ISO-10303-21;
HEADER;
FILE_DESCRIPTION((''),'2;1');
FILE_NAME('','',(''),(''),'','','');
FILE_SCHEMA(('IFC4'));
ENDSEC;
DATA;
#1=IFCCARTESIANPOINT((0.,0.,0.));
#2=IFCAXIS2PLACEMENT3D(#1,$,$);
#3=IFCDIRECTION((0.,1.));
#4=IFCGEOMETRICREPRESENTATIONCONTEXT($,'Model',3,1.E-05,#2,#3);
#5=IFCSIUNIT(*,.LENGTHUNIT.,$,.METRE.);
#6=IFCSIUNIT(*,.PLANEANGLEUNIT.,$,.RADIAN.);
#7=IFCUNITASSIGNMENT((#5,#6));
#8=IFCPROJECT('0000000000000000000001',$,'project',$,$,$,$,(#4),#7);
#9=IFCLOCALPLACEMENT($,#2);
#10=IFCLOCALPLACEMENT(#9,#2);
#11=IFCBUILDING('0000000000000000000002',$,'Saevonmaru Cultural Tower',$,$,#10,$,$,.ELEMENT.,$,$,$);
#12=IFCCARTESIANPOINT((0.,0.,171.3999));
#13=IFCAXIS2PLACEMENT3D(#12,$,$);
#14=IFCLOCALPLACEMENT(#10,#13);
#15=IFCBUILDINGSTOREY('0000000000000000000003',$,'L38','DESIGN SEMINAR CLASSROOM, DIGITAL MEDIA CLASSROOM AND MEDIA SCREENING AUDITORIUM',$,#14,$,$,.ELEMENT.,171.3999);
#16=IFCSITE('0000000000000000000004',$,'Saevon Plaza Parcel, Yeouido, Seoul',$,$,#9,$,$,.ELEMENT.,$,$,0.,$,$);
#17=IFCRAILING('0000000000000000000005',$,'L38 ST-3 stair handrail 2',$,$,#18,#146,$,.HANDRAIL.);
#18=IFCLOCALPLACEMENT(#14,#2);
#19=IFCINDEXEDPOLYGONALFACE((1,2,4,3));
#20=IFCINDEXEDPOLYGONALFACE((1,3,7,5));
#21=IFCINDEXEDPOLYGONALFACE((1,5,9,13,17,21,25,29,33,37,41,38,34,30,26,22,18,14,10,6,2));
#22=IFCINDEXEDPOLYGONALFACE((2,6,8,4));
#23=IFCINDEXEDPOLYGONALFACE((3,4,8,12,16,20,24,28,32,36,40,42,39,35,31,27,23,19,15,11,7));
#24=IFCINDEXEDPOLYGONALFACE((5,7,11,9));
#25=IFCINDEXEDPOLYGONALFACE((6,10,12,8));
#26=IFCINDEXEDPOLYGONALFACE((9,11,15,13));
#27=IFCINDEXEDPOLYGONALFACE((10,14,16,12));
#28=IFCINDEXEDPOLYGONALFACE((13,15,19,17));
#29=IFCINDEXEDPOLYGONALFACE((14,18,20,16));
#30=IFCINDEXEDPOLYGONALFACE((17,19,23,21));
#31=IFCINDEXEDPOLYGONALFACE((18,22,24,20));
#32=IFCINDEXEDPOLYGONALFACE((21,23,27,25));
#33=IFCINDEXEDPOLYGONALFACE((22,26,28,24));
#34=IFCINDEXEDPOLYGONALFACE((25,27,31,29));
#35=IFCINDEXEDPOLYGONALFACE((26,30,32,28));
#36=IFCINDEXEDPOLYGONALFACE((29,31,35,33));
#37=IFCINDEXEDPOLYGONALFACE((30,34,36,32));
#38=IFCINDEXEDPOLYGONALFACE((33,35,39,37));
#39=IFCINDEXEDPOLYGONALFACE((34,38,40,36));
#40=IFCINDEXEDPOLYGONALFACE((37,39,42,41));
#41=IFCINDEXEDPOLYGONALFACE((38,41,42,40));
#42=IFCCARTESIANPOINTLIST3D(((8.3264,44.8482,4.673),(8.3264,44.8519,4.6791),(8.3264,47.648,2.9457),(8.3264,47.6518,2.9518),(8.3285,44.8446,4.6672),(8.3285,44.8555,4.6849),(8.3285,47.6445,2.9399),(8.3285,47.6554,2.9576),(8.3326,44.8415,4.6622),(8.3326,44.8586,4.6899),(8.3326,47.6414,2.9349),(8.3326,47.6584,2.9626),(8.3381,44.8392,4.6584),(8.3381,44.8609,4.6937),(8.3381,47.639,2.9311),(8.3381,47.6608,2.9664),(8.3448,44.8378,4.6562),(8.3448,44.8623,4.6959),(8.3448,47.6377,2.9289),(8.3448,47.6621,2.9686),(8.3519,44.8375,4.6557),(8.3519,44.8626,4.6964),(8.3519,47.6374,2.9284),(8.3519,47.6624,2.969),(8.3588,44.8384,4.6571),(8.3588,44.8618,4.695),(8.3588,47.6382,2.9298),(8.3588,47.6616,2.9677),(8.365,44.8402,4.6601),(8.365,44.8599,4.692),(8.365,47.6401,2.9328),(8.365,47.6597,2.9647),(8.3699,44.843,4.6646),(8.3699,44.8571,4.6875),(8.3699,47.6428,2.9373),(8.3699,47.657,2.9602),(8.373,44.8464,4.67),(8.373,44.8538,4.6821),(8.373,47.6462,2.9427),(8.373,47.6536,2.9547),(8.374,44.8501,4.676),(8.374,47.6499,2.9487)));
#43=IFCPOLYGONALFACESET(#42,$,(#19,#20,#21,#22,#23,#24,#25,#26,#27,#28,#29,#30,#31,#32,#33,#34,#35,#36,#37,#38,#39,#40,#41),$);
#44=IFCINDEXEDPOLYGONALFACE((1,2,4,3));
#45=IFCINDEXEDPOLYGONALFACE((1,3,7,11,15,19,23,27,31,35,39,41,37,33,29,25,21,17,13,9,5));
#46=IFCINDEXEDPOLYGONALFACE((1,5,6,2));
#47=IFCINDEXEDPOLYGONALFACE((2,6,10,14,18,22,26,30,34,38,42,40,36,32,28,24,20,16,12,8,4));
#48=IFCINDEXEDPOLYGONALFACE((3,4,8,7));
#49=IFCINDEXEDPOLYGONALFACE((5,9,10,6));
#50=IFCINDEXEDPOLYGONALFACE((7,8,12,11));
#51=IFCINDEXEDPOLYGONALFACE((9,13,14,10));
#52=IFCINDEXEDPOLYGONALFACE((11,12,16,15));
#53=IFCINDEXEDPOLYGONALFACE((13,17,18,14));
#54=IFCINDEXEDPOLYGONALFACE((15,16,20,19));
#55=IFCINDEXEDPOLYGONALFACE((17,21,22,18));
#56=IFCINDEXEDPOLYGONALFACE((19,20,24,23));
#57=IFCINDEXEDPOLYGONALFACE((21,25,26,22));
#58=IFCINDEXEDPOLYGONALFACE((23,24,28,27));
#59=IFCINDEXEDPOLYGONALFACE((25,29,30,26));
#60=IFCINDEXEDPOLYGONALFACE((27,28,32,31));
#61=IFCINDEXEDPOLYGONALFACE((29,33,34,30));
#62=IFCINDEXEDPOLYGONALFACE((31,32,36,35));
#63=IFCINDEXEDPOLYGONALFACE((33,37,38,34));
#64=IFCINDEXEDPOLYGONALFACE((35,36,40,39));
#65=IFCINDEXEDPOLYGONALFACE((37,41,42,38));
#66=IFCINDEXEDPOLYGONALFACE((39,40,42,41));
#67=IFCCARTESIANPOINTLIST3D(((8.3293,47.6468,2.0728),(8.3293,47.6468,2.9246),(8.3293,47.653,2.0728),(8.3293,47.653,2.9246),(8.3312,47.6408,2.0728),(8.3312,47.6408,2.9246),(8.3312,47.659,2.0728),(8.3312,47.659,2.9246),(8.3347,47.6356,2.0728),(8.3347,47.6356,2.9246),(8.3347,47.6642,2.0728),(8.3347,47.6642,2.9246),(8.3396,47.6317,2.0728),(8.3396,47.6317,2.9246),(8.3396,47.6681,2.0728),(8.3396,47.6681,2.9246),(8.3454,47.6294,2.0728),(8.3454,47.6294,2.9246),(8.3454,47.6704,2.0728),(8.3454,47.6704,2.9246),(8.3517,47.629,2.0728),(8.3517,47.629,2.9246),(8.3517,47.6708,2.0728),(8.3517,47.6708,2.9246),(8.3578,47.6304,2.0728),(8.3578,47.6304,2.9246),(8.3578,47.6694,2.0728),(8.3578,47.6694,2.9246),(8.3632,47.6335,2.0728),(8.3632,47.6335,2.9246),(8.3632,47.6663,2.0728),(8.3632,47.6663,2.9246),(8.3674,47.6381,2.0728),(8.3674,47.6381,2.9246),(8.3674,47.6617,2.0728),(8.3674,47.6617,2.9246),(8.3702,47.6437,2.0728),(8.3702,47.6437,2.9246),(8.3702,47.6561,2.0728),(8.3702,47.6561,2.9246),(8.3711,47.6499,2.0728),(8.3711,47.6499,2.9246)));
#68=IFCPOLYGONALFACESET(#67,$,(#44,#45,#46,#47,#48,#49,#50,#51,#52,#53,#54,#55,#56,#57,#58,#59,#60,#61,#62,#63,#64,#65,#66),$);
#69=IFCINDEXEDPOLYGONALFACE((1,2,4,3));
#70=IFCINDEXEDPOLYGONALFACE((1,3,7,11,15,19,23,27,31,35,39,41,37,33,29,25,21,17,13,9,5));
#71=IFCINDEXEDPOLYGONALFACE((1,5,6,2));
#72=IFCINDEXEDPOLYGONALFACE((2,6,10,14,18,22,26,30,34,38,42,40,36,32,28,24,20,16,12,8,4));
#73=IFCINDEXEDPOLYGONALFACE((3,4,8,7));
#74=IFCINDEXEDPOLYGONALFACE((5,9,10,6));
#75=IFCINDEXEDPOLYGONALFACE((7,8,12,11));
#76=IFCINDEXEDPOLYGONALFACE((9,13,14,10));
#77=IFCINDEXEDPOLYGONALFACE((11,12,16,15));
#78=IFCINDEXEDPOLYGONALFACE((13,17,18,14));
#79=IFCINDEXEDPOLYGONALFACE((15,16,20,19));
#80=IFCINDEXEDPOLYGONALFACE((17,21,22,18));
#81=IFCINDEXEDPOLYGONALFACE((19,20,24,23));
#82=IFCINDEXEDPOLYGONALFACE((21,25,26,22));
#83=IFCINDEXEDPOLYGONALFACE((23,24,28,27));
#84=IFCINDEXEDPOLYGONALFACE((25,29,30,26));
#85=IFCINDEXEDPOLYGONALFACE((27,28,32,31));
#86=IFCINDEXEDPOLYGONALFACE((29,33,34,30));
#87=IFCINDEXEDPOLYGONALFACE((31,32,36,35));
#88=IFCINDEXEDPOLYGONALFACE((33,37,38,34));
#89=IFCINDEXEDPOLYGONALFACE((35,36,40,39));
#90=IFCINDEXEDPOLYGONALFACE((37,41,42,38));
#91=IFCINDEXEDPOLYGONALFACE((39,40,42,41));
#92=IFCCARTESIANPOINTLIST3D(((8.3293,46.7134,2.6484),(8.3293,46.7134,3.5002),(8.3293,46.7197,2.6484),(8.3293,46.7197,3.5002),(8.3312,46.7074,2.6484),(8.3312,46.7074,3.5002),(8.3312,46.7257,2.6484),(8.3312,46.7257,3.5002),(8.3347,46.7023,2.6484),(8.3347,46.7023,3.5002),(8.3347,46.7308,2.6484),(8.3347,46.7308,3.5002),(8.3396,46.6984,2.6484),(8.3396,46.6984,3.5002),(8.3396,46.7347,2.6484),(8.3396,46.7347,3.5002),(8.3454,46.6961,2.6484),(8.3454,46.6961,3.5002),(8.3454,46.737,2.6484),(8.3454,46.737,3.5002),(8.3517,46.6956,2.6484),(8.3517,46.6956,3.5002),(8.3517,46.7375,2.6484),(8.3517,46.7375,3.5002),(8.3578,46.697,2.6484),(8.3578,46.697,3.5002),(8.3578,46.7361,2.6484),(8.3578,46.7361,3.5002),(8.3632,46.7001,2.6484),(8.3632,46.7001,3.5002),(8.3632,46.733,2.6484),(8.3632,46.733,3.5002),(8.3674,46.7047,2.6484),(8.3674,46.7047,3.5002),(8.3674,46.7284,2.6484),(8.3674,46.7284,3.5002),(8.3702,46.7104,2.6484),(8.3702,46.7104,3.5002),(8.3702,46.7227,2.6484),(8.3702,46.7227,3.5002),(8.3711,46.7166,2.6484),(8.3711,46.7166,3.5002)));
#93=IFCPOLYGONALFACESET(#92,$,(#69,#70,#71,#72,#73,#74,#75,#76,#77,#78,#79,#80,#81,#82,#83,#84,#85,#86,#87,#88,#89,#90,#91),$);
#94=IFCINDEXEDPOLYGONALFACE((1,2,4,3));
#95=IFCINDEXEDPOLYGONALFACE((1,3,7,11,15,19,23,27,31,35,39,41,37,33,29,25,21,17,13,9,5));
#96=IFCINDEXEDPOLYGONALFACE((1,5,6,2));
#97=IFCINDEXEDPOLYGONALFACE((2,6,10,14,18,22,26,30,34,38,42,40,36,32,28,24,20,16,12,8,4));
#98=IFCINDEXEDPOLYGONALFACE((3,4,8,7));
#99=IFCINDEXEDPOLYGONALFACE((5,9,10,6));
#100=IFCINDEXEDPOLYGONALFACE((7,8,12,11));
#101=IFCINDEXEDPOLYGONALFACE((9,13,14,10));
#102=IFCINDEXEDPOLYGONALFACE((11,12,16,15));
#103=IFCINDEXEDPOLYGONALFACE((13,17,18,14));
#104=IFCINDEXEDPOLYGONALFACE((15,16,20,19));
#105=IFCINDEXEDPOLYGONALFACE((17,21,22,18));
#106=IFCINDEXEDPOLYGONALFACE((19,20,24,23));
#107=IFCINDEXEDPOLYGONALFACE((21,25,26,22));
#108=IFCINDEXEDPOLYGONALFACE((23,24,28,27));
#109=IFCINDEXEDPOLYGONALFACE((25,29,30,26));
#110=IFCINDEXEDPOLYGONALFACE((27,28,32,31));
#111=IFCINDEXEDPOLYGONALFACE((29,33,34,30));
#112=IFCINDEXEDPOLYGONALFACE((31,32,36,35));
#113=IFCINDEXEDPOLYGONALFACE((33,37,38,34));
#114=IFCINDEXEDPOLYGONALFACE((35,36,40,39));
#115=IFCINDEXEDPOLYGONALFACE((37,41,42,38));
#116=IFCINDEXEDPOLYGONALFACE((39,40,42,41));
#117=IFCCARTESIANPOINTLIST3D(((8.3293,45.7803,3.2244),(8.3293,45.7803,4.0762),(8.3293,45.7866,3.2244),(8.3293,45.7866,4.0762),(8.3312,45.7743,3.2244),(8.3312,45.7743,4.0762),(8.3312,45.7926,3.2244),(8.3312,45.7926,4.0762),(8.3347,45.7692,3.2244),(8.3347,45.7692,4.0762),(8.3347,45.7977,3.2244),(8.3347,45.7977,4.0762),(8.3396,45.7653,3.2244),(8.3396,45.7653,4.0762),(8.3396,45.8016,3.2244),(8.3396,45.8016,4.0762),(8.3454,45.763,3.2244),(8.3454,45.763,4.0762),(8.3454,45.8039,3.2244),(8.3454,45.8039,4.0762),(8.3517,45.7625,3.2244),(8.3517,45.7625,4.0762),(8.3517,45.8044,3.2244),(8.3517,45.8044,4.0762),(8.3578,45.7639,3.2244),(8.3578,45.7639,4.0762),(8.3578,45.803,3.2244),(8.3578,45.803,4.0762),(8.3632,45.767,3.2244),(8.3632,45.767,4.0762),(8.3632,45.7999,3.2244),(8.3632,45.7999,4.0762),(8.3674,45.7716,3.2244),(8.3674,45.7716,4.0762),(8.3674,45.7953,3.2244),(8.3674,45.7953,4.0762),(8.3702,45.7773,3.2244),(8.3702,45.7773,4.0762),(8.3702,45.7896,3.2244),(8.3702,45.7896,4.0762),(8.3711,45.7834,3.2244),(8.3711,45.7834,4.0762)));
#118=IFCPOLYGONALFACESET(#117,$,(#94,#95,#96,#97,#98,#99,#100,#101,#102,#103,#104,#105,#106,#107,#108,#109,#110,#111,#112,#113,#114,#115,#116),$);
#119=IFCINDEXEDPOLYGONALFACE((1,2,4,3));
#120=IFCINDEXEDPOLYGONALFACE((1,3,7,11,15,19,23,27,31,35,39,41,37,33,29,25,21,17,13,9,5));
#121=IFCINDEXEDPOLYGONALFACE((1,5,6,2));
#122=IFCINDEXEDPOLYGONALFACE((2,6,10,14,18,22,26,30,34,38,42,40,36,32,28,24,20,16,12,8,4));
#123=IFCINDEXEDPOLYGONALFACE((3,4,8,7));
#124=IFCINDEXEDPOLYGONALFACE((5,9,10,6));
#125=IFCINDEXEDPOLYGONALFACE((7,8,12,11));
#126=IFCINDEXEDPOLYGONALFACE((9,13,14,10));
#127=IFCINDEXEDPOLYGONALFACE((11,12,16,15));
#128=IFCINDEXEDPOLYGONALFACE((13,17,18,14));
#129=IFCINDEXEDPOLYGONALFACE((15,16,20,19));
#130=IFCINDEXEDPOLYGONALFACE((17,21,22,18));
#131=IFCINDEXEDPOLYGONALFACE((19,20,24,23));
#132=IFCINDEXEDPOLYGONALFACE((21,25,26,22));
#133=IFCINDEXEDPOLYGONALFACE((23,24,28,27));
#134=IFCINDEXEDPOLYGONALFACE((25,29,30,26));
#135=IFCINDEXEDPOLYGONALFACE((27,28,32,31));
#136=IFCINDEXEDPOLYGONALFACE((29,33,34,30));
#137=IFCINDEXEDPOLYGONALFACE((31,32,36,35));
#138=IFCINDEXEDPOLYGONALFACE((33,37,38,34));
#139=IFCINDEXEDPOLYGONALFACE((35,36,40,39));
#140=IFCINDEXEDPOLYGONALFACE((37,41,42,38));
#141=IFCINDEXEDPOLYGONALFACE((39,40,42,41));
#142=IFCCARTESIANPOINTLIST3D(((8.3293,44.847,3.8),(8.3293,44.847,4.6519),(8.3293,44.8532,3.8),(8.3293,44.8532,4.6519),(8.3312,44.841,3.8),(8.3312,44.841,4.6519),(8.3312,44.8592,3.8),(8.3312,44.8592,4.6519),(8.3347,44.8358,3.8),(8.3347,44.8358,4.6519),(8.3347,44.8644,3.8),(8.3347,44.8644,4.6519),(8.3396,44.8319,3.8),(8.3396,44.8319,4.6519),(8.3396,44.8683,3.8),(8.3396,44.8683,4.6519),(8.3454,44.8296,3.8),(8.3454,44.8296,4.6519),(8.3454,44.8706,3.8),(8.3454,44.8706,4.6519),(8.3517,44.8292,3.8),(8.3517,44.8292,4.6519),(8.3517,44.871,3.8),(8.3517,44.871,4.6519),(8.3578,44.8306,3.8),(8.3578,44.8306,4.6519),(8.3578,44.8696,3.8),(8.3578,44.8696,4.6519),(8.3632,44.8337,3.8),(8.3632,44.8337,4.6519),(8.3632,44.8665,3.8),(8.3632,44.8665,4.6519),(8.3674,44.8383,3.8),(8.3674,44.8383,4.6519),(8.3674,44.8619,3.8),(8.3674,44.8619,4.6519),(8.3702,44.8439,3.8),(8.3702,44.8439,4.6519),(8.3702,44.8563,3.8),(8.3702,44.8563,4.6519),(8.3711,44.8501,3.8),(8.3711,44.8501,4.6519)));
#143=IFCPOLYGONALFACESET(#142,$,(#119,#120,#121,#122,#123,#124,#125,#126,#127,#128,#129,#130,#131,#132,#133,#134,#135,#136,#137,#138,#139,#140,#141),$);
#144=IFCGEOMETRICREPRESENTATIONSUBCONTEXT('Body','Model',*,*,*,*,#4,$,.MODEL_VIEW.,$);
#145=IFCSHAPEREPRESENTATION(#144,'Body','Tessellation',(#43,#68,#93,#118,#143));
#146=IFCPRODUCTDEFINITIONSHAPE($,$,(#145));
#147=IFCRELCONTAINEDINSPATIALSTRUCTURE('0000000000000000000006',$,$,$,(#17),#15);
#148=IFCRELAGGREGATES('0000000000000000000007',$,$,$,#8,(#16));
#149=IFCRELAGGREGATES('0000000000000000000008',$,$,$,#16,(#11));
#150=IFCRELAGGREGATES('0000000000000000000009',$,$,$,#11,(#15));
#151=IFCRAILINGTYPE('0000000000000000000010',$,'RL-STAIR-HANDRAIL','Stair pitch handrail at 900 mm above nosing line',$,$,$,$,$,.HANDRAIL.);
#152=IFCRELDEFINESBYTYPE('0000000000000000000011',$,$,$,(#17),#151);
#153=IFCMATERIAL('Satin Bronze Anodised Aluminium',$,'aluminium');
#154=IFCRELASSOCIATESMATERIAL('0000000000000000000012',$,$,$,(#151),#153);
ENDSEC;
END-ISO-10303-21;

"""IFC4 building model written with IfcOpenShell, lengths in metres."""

from ifc_helpers import new_model, si_unit, direction, frame, origin, origin_2d, place, context, subcontext, project, spatial, circle, extrude, material, type_object, element, save


model = new_model("IFC4")

# Units and contexts
model_context = context("Model", 3, precision=1e-05, world=origin(), true_north=direction((0.0, 1.0)))
body_context = subcontext(model_context, "Body", "Model", "MODEL_VIEW")
ifc_project = project(units=[si_unit("LENGTHUNIT", "METRE"), si_unit("PLANEANGLEUNIT", "RADIAN")], contexts=[model_context])

# Site, building, storey
site_placement = place(None, origin())
site = spatial("IfcSite", under=ifc_project, at=site_placement, Name="Saevon Plaza Parcel, Yeouido, Seoul", CompositionType="ELEMENT", RefElevation=0.0)
building_placement = place(site_placement, origin())
building = spatial("IfcBuilding", under=site, at=building_placement, Name="Saevonmaru Cultural Tower", CompositionType="ELEMENT")
storey_placement = place(building_placement, frame((0.0, 0.0, 171.3999)))
storey = spatial("IfcBuildingStorey", under=building, at=storey_placement, Name="L38", Description="DESIGN SEMINAR CLASSROOM, DIGITAL MEDIA CLASSROOM AND MEDIA SCREENING AUDITORIUM", CompositionType="ELEMENT", Elevation=171.3999)

# Shared definitions
ifc_material_1 = material(Name="Satin Bronze Anodised Aluminium", Category="aluminium")

# Railing
railing_type_1 = type_object("IfcRailingType", Name="RL-STAIR-HANDRAIL", Description="Stair pitch handrail at 900 mm above nosing line", PredefinedType="HANDRAIL", material=ifc_material_1)
railing_1_placement = place(storey_placement, frame((8.3501, 47.6499, 2.0728)))
element("IfcRailing", 1, at=railing_1_placement, inside=storey, type_object=railing_type_1, Name="L38 ST-3 stair handrail 2", PredefinedType="HANDRAIL", context=body_context, shape_type="SweptSolid", body=[
    extrude(circle(Radius=0.0239, at=origin_2d()), frame((0.0, 0.0, 0.876), z_axis=(0.0, -0.851069, 0.525054), x_axis=(1.0, 0.0, 0.0)), (0.0, 0.0, 1.0), 3.2898),
    extrude(circle(Radius=0.021, at=origin_2d()), origin(), (0.0, 0.0, 1.0), 0.8518),
    extrude(circle(Radius=0.021, at=origin_2d()), frame((0.0, -0.9333, 0.5757)), (0.0, 0.0, 1.0), 0.8518),
    extrude(circle(Radius=0.021, at=origin_2d()), frame((0.0, -1.8665, 1.1516)), (0.0, 0.0, 1.0), 0.8518),
    extrude(circle(Radius=0.021, at=origin_2d()), frame((0.0, -2.7998, 1.7273)), (0.0, 0.0, 1.0), 0.8518),
])

save(model, "model.ifc")
